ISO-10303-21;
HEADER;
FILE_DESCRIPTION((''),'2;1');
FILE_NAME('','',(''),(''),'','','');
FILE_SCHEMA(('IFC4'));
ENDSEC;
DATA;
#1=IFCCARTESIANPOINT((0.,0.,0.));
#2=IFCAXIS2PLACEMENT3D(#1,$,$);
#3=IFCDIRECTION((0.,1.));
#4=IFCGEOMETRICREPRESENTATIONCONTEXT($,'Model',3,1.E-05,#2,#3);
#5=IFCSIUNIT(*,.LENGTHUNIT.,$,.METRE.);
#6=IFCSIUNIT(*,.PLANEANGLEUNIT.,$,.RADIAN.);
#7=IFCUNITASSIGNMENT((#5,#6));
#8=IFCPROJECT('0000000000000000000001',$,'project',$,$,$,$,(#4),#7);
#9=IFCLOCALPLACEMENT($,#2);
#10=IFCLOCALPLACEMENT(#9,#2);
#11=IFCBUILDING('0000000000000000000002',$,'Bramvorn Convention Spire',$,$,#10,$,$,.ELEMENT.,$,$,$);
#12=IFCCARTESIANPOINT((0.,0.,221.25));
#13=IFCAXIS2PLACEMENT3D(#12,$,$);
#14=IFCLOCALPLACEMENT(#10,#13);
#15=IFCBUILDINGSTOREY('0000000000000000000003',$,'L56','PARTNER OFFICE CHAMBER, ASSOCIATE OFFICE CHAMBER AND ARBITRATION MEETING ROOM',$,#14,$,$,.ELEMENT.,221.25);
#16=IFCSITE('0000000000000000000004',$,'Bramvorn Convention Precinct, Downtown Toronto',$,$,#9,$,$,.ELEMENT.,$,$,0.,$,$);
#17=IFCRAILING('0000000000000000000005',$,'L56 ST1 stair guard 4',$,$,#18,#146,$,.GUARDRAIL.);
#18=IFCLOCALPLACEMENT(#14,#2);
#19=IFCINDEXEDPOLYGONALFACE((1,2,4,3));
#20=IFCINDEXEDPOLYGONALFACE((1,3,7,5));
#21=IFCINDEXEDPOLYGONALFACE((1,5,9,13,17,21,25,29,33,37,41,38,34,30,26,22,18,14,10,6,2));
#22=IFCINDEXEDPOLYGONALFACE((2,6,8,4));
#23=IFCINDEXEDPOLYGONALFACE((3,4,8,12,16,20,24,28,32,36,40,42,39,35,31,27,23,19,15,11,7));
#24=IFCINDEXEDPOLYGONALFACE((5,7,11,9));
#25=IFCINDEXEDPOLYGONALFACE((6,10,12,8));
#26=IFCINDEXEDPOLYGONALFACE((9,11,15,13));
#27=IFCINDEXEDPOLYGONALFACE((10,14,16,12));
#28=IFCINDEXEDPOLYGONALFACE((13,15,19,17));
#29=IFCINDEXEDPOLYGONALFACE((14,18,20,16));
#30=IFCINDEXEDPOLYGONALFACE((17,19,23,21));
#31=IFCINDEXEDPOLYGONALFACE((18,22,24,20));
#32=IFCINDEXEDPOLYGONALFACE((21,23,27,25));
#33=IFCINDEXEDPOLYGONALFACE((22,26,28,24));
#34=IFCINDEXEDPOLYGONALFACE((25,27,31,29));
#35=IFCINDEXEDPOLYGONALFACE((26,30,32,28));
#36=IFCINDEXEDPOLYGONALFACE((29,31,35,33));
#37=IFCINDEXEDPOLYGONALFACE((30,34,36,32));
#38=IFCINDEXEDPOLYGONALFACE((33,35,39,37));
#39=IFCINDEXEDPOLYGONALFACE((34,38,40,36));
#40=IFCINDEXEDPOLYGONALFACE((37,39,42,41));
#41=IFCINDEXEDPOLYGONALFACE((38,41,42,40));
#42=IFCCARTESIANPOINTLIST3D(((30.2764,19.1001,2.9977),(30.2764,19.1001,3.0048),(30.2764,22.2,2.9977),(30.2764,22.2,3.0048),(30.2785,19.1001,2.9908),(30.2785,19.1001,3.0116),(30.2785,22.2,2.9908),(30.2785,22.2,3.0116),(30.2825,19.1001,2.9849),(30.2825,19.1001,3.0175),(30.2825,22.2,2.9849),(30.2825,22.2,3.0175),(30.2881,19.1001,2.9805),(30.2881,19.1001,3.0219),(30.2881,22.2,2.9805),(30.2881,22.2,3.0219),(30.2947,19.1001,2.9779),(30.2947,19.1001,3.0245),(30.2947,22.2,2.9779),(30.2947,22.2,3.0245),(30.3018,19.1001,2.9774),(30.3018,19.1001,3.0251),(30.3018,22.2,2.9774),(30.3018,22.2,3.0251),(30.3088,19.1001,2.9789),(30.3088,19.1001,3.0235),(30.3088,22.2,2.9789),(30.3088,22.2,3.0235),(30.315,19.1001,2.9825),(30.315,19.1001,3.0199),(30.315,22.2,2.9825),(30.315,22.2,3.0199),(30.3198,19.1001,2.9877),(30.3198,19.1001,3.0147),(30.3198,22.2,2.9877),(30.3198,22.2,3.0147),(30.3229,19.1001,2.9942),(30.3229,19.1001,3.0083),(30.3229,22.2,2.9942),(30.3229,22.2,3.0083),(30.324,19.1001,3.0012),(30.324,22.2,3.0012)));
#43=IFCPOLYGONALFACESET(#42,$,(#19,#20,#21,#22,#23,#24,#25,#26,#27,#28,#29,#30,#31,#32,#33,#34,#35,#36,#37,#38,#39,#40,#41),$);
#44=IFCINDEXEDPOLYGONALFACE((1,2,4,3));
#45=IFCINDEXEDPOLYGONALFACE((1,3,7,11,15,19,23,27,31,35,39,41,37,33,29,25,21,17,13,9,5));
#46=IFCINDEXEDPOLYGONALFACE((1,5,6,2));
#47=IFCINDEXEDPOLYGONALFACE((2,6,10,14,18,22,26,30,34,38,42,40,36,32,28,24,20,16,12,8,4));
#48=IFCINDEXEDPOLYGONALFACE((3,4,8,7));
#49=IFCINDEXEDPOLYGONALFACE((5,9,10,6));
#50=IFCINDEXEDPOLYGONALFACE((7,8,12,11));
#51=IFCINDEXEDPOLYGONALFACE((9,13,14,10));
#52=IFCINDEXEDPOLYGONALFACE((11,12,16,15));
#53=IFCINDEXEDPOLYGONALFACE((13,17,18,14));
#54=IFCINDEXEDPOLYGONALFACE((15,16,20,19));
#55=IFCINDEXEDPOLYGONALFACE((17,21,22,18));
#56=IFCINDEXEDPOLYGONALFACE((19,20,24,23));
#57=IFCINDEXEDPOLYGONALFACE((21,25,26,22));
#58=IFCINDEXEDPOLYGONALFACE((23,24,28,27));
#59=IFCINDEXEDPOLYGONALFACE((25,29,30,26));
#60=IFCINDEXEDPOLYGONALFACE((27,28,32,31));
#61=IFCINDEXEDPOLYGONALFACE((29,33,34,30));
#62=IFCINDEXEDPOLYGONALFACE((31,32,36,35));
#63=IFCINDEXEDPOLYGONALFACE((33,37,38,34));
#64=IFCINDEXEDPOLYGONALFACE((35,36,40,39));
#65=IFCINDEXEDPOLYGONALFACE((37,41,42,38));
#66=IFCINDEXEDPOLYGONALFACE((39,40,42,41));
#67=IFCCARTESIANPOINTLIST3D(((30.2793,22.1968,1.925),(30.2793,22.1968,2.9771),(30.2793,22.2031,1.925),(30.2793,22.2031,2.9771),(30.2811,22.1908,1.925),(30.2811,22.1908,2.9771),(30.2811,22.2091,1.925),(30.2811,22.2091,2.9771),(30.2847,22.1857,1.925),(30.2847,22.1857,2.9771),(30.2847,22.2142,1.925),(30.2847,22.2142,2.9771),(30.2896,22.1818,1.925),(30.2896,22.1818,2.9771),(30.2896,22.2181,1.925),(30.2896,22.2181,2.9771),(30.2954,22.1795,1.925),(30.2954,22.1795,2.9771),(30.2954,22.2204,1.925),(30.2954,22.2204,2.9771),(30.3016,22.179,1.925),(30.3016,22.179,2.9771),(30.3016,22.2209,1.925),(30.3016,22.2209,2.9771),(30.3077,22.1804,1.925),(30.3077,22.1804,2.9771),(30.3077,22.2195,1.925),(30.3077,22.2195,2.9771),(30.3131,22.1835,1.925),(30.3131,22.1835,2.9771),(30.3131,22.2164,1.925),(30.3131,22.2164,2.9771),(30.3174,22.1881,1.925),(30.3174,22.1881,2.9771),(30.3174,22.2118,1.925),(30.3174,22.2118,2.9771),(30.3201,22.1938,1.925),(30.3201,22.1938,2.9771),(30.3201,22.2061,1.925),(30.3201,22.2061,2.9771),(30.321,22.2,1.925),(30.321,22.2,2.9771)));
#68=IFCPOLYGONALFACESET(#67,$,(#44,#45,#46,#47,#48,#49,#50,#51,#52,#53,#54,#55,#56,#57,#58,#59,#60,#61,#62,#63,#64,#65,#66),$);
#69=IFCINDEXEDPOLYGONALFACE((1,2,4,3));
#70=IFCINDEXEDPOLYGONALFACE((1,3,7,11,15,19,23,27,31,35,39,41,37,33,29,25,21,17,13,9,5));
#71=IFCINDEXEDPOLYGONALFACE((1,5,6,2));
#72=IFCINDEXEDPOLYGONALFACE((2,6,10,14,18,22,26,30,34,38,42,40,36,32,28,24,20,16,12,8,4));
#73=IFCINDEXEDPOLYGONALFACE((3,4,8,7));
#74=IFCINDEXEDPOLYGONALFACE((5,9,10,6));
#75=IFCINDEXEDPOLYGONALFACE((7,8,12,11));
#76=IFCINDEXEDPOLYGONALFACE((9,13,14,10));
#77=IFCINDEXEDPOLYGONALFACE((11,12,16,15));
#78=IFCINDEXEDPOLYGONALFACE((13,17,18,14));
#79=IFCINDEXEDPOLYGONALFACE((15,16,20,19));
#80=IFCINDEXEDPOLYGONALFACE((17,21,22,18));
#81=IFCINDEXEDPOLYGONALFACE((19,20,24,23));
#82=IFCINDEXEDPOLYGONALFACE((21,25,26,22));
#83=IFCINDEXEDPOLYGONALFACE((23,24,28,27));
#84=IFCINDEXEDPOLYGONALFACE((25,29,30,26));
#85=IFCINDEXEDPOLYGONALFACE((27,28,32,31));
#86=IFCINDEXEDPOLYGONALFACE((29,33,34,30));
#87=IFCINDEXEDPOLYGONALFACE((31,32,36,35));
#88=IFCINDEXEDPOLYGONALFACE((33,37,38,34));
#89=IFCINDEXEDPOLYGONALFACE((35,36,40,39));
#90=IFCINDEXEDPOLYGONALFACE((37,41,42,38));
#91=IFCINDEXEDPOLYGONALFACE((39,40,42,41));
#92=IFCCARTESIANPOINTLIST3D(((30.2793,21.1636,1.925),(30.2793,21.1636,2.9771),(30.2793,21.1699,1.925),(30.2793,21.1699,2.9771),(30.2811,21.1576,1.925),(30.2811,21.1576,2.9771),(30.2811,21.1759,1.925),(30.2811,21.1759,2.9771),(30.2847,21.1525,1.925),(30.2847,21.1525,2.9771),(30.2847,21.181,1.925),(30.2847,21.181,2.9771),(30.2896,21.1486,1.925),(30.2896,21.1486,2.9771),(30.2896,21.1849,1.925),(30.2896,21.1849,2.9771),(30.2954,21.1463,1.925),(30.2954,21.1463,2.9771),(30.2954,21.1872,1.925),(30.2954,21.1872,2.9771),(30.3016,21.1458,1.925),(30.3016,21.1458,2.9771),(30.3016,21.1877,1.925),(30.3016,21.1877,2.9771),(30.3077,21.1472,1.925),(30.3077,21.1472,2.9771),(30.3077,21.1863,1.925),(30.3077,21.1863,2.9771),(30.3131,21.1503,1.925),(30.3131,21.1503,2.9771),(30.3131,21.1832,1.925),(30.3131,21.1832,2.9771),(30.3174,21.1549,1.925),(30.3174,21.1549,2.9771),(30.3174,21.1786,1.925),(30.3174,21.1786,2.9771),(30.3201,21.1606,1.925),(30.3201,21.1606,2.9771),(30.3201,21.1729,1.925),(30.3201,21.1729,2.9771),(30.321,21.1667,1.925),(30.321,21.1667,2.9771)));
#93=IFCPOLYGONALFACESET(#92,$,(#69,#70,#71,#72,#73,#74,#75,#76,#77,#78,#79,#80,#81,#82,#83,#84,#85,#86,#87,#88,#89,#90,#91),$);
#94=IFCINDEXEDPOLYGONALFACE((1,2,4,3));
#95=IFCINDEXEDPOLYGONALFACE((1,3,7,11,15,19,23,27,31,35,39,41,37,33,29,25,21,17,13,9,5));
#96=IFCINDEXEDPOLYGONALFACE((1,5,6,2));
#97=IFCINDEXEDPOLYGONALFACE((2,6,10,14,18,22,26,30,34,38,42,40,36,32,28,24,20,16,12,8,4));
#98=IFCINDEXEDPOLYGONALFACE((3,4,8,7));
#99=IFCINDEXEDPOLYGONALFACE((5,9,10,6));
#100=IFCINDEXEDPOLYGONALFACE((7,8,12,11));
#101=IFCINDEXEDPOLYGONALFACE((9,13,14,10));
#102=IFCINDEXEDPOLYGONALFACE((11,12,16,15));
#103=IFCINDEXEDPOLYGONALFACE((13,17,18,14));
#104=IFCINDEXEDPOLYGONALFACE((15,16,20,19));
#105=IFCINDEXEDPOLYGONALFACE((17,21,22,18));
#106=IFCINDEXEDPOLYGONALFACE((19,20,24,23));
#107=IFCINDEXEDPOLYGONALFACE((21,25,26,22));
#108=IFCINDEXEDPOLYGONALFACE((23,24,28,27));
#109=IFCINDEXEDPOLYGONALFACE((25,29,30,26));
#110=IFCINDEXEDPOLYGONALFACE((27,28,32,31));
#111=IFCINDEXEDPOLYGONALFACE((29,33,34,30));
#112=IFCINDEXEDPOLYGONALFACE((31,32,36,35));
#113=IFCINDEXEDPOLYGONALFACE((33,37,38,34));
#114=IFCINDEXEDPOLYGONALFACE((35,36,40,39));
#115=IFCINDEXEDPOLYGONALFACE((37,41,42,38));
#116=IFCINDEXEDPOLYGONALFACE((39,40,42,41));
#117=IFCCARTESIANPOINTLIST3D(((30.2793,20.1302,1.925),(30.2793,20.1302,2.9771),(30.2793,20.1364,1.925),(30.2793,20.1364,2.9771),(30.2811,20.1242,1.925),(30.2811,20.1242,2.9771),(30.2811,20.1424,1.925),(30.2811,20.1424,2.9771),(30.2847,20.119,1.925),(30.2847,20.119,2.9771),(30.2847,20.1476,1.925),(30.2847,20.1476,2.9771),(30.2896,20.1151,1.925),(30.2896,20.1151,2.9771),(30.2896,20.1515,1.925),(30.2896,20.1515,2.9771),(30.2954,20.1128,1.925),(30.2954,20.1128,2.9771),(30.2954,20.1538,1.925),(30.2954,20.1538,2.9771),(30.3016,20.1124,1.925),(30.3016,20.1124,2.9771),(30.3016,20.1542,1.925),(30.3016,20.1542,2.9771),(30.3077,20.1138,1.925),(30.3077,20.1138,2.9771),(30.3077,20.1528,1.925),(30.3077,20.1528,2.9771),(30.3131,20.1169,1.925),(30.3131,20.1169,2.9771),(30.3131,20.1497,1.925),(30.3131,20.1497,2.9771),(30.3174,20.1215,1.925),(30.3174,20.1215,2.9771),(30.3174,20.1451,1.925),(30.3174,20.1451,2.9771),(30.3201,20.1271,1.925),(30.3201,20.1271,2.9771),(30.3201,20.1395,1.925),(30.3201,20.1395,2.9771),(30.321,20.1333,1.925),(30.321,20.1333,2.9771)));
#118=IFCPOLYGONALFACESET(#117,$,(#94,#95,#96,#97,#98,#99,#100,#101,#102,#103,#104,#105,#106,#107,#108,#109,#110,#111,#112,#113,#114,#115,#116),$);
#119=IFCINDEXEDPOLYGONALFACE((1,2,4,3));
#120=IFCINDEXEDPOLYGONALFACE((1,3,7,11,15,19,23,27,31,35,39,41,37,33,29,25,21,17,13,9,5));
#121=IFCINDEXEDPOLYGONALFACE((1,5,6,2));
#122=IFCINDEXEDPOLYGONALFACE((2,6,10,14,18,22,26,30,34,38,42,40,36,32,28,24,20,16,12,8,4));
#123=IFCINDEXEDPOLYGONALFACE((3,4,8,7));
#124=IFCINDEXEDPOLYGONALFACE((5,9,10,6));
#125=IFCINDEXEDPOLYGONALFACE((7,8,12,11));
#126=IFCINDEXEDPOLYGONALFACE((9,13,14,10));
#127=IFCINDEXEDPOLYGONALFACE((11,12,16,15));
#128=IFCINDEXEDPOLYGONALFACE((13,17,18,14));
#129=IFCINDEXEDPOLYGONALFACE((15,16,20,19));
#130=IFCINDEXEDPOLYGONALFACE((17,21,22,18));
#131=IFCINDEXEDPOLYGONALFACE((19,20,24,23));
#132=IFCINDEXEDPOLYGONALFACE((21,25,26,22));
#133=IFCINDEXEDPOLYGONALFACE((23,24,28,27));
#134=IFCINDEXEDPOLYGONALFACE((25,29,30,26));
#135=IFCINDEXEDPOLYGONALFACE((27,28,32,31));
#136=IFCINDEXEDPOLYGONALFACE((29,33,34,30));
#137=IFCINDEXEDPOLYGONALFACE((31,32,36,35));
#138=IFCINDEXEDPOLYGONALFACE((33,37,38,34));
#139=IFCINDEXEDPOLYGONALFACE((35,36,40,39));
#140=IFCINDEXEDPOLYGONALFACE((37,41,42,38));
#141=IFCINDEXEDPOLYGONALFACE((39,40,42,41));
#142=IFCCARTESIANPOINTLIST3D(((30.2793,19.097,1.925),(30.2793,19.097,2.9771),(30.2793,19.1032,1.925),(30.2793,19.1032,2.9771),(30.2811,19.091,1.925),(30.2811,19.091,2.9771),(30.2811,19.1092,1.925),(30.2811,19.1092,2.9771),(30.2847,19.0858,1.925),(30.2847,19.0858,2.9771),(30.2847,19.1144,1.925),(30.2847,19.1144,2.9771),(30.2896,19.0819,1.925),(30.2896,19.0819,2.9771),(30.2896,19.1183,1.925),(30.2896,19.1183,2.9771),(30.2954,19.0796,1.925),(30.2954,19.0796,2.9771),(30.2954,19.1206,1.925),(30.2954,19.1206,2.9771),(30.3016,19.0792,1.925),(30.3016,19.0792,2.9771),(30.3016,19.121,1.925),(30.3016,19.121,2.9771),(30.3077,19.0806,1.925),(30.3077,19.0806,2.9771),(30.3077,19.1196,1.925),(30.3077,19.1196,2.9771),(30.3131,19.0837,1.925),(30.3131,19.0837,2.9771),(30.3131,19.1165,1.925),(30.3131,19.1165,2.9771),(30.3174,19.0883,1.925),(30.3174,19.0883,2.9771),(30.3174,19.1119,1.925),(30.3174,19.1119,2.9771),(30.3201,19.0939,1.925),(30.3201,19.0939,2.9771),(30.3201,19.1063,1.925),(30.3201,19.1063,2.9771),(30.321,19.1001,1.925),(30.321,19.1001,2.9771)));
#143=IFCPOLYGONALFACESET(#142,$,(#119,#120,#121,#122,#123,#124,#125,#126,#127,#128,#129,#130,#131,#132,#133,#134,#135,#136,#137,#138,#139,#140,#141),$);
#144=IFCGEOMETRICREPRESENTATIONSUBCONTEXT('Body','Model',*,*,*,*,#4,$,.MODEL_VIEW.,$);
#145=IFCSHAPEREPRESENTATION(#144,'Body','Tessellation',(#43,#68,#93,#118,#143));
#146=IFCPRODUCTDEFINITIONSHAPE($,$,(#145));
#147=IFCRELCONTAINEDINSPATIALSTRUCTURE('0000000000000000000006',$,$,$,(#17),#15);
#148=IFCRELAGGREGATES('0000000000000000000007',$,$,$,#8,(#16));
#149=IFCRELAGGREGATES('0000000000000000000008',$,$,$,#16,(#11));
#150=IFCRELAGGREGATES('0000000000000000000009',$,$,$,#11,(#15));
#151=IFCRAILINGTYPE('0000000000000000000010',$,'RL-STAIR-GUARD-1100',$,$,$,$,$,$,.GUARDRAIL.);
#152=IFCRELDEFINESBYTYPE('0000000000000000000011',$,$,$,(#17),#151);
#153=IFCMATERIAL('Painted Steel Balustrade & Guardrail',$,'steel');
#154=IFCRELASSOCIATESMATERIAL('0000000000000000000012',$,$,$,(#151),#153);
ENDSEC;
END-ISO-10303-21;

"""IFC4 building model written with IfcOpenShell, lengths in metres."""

from ifc_helpers import new_model, si_unit, direction, frame, origin, origin_2d, place, context, subcontext, project, spatial, circle, extrude, material, type_object, element, save


model = new_model("IFC4")

# Units and contexts
model_context = context("Model", 3, precision=1e-05, world=origin(), true_north=direction((0.0, 1.0)))
body_context = subcontext(model_context, "Body", "Model", "MODEL_VIEW")
ifc_project = project(units=[si_unit("LENGTHUNIT", "METRE"), si_unit("PLANEANGLEUNIT", "RADIAN")], contexts=[model_context])

# Site, building, storey
site_placement = place(None, origin())
site = spatial("IfcSite", under=ifc_project, at=site_placement, Name="Bramvorn Convention Precinct, Downtown Toronto", CompositionType="ELEMENT", RefElevation=0.0)
building_placement = place(site_placement, origin())
building = spatial("IfcBuilding", under=site, at=building_placement, Name="Bramvorn Convention Spire", CompositionType="ELEMENT")
storey_placement = place(building_placement, frame((0.0, 0.0, 221.25)))
storey = spatial("IfcBuildingStorey", under=building, at=storey_placement, Name="L56", Description="PARTNER OFFICE CHAMBER, ASSOCIATE OFFICE CHAMBER AND ARBITRATION MEETING ROOM", CompositionType="ELEMENT", Elevation=221.25)

# Railing
ifc_material_1 = material(Name="Painted Steel Balustrade & Guardrail", Category="steel")
railing_type_1 = type_object("IfcRailingType", Name="RL-STAIR-GUARD-1100", PredefinedType="GUARDRAIL", material=ifc_material_1)
for number, where, name in (
    (1, (30.3, 22.2, 1.925), "L56 ST1 stair guard 4"),
):
    element("IfcRailing", number, at=place(storey_placement, frame(where)), inside=storey, type_object=railing_type_1, Name=name, PredefinedType="GUARDRAIL", context=body_context, shape_type="SweptSolid", body=[
        extrude(circle(Radius=0.0239, at=origin_2d()), frame((0.0, 0.0, 1.0762), z_axis=(0.0, -1.0, 0.0), x_axis=(1.0, 0.0, 0.0)), (0.0, 0.0, 1.0), 3.0999),
        extrude(circle(Radius=0.021, at=origin_2d()), origin(), (0.0, 0.0, 1.0), 1.052),
        extrude(circle(Radius=0.021, at=origin_2d()), frame((0.0, -1.0332, 0.0)), (0.0, 0.0, 1.0), 1.052),
        extrude(circle(Radius=0.021, at=origin_2d()), frame((0.0, -2.0667, 0.0)), (0.0, 0.0, 1.0), 1.052),
        extrude(circle(Radius=0.021, at=origin_2d()), frame((0.0, -3.0999, 0.0)), (0.0, 0.0, 1.0), 1.052),
    ])

save(model, "model.ifc")
